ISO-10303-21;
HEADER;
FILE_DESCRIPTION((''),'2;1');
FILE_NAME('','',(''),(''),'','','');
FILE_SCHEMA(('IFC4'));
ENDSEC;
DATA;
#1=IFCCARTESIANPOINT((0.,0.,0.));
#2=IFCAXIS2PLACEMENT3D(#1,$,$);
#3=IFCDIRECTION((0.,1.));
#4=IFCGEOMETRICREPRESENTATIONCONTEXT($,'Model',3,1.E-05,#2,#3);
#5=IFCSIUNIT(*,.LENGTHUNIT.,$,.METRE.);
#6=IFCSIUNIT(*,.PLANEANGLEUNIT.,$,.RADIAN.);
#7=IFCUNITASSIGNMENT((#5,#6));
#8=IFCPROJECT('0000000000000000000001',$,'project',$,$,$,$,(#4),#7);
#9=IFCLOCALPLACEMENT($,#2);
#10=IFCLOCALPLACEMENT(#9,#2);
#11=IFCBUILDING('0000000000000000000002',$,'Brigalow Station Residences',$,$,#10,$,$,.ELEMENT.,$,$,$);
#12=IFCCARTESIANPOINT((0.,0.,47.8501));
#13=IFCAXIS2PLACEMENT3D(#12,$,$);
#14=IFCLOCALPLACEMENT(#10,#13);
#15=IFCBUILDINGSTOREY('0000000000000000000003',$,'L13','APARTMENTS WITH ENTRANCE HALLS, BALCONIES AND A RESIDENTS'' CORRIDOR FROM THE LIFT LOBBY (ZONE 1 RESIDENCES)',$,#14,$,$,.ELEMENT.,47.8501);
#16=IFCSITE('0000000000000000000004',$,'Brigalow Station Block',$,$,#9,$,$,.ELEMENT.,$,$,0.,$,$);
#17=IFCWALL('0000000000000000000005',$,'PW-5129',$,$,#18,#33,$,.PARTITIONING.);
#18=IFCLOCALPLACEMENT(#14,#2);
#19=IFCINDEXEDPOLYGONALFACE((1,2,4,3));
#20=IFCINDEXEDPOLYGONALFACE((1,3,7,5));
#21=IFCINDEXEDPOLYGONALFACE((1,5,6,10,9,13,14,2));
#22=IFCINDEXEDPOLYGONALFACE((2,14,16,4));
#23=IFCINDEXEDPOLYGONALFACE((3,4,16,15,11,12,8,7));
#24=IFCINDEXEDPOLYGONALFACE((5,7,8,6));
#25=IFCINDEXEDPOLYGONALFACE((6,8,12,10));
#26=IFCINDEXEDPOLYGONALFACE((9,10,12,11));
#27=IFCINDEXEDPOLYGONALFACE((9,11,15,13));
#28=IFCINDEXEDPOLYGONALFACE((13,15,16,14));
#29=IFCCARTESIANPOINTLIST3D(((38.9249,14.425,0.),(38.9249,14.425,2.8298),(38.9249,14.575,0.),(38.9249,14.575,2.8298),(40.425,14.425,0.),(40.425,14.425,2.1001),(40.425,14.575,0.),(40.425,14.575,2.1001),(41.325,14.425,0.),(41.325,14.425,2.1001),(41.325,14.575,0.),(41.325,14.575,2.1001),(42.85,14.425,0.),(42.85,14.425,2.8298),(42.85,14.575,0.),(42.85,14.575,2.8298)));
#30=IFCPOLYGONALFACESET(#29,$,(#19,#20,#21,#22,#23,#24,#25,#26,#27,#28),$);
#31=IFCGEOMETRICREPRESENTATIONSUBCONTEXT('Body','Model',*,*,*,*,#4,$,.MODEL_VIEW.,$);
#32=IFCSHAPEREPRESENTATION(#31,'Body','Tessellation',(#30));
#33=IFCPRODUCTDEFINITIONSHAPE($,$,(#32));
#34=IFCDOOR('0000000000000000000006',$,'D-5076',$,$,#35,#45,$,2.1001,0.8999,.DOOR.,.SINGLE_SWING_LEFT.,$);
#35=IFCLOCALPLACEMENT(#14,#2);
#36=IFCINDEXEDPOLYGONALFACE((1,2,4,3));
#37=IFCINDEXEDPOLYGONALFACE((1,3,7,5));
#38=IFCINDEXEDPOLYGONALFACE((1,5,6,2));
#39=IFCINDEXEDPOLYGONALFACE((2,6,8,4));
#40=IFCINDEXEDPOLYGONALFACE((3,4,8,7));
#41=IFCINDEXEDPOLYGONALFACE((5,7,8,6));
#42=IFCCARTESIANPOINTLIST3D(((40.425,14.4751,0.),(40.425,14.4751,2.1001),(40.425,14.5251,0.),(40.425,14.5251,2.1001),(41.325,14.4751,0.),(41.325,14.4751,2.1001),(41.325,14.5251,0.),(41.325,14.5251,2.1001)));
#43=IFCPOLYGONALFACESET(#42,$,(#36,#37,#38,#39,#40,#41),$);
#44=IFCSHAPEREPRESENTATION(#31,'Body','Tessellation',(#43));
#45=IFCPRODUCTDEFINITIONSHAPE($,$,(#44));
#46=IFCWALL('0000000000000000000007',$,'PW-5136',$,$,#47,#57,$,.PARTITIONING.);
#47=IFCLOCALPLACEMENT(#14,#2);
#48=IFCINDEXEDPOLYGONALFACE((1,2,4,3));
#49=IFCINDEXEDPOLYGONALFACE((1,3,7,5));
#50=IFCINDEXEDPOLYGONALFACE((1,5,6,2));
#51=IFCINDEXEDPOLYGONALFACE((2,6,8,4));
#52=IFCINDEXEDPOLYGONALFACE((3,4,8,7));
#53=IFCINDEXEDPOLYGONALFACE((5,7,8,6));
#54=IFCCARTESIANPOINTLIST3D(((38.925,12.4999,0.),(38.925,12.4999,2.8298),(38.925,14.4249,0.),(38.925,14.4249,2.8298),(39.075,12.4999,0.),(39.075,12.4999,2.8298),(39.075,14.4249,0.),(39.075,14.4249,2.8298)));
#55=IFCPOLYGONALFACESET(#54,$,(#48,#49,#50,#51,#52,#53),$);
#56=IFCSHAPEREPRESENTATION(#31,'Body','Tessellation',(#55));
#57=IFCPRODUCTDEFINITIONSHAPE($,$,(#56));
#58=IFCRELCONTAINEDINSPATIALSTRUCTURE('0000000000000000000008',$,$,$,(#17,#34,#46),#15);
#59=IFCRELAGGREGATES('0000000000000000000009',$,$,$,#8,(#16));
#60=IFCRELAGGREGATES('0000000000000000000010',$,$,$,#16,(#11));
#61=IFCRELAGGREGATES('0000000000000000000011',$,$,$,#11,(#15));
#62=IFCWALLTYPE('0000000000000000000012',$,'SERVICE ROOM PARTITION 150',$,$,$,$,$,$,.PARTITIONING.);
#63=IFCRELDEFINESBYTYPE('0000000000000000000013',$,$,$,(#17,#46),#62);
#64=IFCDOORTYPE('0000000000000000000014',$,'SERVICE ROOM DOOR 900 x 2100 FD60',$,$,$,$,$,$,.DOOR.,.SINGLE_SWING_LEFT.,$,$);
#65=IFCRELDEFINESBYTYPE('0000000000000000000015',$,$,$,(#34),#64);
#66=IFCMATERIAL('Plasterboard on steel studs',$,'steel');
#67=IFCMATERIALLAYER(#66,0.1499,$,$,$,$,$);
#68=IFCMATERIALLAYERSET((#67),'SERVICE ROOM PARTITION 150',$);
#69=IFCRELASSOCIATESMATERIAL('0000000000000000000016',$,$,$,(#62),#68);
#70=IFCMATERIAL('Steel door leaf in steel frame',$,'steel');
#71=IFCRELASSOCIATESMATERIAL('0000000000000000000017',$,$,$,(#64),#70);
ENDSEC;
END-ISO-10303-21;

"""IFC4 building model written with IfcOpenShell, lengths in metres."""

from ifc_helpers import new_model, si_unit, direction, frame, frame_2d, origin, place, context, subcontext, project, spatial, rectangle, extrude, material, layer, layer_set, type_object, element, fill, save


model = new_model("IFC4")

# Units and contexts
model_context = context("Model", 3, precision=1e-05, world=origin(), true_north=direction((0.0, 1.0)))
body_context = subcontext(model_context, "Body", "Model", "MODEL_VIEW")
ifc_project = project(units=[si_unit("LENGTHUNIT", "METRE"), si_unit("PLANEANGLEUNIT", "RADIAN")], contexts=[model_context])

# Site, building, storey
site_placement = place(None, origin())
site = spatial("IfcSite", under=ifc_project, at=site_placement, Name="Brigalow Station Block", CompositionType="ELEMENT", RefElevation=0.0)
building_placement = place(site_placement, origin())
building = spatial("IfcBuilding", under=site, at=building_placement, Name="Brigalow Station Residences", CompositionType="ELEMENT")
storey_placement = place(building_placement, frame((0.0, 0.0, 47.8501)))
storey = spatial("IfcBuildingStorey", under=building, at=storey_placement, Name="L13", Description="APARTMENTS WITH ENTRANCE HALLS, BALCONIES AND A RESIDENTS' CORRIDOR FROM THE LIFT LOBBY (ZONE 1 RESIDENCES)", CompositionType="ELEMENT", Elevation=47.8501)

# Wall, opening, door
ifc_material_1 = material(Name="Plasterboard on steel studs", Category="steel")
ifc_layer_1 = layer(ifc_material_1, 0.1499)
ifc_layer_set_1 = layer_set([ifc_layer_1], Name="SERVICE ROOM PARTITION 150")
wall_type_1 = type_object("IfcWallType", Name="SERVICE ROOM PARTITION 150", PredefinedType="PARTITIONING", material=ifc_layer_set_1)
wall_1_placement = place(storey_placement, frame((38.925, 14.5, 0.0), z_axis=(0.0, 0.0, 1.0), x_axis=(1.0, 0.0, 0.0)))
wall_1 = element("IfcWall", 1, at=wall_1_placement, inside=storey, type_object=wall_type_1, Name="PW-5129", PredefinedType="PARTITIONING", context=body_context, shape_type="SweptSolid", body=[
    extrude(rectangle(XDim=3.925, YDim=0.1499, at=frame_2d((1.9624, 0.0))), origin(), (0.0, 0.0, 1.0), 2.8298),
])
opening_1_placement = place(wall_1_placement, frame((1.5, 0.0, 0.0)))
opening_1 = element("IfcOpeningElement", 2, at=opening_1_placement, cuts=wall_1, PredefinedType="OPENING", context=body_context, shape_type="SweptSolid", body=[
    extrude(rectangle(XDim=0.8999, YDim=2.1001, at=frame_2d((0.45, 1.05))), frame((0.0, 0.085, 0.0), z_axis=(0.0, -1.0, 0.0), x_axis=(1.0, 0.0, 0.0)), (0.0, 0.0, 1.0), 0.1699),
])
ifc_material_2 = material(Name="Steel door leaf in steel frame", Category="steel")
door_type_1 = type_object("IfcDoorType", Name="SERVICE ROOM DOOR 900 x 2100 FD60", OperationType="SINGLE_SWING_LEFT", PredefinedType="DOOR", material=ifc_material_2)
door_1_placement = place(opening_1_placement, frame((0.8999, 0.0, 0.0), z_axis=(0.0, 0.0, 1.0), x_axis=(-1.0, 0.0, 0.0)))
door_1 = element("IfcDoor", 3, at=door_1_placement, inside=storey, type_object=door_type_1, Name="D-5076", OperationType="SINGLE_SWING_LEFT", OverallHeight=2.1001, OverallWidth=0.8999, PredefinedType="DOOR", context=body_context, shape_type="SweptSolid", body=[
    extrude(rectangle(XDim=0.8999, YDim=2.1001, at=frame_2d((0.45, 1.05))), frame((0.0, 0.0249, 0.0), z_axis=(0.0, -1.0, 0.0), x_axis=(1.0, 0.0, 0.0)), (0.0, 0.0, 1.0), 0.05),
])
fill(opening_1, door_1)

# Wall
wall_2_placement = place(storey_placement, frame((39.0, 12.5, 0.0), z_axis=(0.0, 0.0, 1.0), x_axis=(0.0, 1.0, 0.0)))
element("IfcWall", 4, at=wall_2_placement, inside=storey, type_object=wall_type_1, Name="PW-5136", PredefinedType="PARTITIONING", context=body_context, shape_type="SweptSolid", body=[
    extrude(rectangle(XDim=1.925, YDim=0.1499, at=frame_2d((0.9624, 0.0))), origin(), (0.0, 0.0, 1.0), 2.8298),
])

save(model, "model.ifc")
